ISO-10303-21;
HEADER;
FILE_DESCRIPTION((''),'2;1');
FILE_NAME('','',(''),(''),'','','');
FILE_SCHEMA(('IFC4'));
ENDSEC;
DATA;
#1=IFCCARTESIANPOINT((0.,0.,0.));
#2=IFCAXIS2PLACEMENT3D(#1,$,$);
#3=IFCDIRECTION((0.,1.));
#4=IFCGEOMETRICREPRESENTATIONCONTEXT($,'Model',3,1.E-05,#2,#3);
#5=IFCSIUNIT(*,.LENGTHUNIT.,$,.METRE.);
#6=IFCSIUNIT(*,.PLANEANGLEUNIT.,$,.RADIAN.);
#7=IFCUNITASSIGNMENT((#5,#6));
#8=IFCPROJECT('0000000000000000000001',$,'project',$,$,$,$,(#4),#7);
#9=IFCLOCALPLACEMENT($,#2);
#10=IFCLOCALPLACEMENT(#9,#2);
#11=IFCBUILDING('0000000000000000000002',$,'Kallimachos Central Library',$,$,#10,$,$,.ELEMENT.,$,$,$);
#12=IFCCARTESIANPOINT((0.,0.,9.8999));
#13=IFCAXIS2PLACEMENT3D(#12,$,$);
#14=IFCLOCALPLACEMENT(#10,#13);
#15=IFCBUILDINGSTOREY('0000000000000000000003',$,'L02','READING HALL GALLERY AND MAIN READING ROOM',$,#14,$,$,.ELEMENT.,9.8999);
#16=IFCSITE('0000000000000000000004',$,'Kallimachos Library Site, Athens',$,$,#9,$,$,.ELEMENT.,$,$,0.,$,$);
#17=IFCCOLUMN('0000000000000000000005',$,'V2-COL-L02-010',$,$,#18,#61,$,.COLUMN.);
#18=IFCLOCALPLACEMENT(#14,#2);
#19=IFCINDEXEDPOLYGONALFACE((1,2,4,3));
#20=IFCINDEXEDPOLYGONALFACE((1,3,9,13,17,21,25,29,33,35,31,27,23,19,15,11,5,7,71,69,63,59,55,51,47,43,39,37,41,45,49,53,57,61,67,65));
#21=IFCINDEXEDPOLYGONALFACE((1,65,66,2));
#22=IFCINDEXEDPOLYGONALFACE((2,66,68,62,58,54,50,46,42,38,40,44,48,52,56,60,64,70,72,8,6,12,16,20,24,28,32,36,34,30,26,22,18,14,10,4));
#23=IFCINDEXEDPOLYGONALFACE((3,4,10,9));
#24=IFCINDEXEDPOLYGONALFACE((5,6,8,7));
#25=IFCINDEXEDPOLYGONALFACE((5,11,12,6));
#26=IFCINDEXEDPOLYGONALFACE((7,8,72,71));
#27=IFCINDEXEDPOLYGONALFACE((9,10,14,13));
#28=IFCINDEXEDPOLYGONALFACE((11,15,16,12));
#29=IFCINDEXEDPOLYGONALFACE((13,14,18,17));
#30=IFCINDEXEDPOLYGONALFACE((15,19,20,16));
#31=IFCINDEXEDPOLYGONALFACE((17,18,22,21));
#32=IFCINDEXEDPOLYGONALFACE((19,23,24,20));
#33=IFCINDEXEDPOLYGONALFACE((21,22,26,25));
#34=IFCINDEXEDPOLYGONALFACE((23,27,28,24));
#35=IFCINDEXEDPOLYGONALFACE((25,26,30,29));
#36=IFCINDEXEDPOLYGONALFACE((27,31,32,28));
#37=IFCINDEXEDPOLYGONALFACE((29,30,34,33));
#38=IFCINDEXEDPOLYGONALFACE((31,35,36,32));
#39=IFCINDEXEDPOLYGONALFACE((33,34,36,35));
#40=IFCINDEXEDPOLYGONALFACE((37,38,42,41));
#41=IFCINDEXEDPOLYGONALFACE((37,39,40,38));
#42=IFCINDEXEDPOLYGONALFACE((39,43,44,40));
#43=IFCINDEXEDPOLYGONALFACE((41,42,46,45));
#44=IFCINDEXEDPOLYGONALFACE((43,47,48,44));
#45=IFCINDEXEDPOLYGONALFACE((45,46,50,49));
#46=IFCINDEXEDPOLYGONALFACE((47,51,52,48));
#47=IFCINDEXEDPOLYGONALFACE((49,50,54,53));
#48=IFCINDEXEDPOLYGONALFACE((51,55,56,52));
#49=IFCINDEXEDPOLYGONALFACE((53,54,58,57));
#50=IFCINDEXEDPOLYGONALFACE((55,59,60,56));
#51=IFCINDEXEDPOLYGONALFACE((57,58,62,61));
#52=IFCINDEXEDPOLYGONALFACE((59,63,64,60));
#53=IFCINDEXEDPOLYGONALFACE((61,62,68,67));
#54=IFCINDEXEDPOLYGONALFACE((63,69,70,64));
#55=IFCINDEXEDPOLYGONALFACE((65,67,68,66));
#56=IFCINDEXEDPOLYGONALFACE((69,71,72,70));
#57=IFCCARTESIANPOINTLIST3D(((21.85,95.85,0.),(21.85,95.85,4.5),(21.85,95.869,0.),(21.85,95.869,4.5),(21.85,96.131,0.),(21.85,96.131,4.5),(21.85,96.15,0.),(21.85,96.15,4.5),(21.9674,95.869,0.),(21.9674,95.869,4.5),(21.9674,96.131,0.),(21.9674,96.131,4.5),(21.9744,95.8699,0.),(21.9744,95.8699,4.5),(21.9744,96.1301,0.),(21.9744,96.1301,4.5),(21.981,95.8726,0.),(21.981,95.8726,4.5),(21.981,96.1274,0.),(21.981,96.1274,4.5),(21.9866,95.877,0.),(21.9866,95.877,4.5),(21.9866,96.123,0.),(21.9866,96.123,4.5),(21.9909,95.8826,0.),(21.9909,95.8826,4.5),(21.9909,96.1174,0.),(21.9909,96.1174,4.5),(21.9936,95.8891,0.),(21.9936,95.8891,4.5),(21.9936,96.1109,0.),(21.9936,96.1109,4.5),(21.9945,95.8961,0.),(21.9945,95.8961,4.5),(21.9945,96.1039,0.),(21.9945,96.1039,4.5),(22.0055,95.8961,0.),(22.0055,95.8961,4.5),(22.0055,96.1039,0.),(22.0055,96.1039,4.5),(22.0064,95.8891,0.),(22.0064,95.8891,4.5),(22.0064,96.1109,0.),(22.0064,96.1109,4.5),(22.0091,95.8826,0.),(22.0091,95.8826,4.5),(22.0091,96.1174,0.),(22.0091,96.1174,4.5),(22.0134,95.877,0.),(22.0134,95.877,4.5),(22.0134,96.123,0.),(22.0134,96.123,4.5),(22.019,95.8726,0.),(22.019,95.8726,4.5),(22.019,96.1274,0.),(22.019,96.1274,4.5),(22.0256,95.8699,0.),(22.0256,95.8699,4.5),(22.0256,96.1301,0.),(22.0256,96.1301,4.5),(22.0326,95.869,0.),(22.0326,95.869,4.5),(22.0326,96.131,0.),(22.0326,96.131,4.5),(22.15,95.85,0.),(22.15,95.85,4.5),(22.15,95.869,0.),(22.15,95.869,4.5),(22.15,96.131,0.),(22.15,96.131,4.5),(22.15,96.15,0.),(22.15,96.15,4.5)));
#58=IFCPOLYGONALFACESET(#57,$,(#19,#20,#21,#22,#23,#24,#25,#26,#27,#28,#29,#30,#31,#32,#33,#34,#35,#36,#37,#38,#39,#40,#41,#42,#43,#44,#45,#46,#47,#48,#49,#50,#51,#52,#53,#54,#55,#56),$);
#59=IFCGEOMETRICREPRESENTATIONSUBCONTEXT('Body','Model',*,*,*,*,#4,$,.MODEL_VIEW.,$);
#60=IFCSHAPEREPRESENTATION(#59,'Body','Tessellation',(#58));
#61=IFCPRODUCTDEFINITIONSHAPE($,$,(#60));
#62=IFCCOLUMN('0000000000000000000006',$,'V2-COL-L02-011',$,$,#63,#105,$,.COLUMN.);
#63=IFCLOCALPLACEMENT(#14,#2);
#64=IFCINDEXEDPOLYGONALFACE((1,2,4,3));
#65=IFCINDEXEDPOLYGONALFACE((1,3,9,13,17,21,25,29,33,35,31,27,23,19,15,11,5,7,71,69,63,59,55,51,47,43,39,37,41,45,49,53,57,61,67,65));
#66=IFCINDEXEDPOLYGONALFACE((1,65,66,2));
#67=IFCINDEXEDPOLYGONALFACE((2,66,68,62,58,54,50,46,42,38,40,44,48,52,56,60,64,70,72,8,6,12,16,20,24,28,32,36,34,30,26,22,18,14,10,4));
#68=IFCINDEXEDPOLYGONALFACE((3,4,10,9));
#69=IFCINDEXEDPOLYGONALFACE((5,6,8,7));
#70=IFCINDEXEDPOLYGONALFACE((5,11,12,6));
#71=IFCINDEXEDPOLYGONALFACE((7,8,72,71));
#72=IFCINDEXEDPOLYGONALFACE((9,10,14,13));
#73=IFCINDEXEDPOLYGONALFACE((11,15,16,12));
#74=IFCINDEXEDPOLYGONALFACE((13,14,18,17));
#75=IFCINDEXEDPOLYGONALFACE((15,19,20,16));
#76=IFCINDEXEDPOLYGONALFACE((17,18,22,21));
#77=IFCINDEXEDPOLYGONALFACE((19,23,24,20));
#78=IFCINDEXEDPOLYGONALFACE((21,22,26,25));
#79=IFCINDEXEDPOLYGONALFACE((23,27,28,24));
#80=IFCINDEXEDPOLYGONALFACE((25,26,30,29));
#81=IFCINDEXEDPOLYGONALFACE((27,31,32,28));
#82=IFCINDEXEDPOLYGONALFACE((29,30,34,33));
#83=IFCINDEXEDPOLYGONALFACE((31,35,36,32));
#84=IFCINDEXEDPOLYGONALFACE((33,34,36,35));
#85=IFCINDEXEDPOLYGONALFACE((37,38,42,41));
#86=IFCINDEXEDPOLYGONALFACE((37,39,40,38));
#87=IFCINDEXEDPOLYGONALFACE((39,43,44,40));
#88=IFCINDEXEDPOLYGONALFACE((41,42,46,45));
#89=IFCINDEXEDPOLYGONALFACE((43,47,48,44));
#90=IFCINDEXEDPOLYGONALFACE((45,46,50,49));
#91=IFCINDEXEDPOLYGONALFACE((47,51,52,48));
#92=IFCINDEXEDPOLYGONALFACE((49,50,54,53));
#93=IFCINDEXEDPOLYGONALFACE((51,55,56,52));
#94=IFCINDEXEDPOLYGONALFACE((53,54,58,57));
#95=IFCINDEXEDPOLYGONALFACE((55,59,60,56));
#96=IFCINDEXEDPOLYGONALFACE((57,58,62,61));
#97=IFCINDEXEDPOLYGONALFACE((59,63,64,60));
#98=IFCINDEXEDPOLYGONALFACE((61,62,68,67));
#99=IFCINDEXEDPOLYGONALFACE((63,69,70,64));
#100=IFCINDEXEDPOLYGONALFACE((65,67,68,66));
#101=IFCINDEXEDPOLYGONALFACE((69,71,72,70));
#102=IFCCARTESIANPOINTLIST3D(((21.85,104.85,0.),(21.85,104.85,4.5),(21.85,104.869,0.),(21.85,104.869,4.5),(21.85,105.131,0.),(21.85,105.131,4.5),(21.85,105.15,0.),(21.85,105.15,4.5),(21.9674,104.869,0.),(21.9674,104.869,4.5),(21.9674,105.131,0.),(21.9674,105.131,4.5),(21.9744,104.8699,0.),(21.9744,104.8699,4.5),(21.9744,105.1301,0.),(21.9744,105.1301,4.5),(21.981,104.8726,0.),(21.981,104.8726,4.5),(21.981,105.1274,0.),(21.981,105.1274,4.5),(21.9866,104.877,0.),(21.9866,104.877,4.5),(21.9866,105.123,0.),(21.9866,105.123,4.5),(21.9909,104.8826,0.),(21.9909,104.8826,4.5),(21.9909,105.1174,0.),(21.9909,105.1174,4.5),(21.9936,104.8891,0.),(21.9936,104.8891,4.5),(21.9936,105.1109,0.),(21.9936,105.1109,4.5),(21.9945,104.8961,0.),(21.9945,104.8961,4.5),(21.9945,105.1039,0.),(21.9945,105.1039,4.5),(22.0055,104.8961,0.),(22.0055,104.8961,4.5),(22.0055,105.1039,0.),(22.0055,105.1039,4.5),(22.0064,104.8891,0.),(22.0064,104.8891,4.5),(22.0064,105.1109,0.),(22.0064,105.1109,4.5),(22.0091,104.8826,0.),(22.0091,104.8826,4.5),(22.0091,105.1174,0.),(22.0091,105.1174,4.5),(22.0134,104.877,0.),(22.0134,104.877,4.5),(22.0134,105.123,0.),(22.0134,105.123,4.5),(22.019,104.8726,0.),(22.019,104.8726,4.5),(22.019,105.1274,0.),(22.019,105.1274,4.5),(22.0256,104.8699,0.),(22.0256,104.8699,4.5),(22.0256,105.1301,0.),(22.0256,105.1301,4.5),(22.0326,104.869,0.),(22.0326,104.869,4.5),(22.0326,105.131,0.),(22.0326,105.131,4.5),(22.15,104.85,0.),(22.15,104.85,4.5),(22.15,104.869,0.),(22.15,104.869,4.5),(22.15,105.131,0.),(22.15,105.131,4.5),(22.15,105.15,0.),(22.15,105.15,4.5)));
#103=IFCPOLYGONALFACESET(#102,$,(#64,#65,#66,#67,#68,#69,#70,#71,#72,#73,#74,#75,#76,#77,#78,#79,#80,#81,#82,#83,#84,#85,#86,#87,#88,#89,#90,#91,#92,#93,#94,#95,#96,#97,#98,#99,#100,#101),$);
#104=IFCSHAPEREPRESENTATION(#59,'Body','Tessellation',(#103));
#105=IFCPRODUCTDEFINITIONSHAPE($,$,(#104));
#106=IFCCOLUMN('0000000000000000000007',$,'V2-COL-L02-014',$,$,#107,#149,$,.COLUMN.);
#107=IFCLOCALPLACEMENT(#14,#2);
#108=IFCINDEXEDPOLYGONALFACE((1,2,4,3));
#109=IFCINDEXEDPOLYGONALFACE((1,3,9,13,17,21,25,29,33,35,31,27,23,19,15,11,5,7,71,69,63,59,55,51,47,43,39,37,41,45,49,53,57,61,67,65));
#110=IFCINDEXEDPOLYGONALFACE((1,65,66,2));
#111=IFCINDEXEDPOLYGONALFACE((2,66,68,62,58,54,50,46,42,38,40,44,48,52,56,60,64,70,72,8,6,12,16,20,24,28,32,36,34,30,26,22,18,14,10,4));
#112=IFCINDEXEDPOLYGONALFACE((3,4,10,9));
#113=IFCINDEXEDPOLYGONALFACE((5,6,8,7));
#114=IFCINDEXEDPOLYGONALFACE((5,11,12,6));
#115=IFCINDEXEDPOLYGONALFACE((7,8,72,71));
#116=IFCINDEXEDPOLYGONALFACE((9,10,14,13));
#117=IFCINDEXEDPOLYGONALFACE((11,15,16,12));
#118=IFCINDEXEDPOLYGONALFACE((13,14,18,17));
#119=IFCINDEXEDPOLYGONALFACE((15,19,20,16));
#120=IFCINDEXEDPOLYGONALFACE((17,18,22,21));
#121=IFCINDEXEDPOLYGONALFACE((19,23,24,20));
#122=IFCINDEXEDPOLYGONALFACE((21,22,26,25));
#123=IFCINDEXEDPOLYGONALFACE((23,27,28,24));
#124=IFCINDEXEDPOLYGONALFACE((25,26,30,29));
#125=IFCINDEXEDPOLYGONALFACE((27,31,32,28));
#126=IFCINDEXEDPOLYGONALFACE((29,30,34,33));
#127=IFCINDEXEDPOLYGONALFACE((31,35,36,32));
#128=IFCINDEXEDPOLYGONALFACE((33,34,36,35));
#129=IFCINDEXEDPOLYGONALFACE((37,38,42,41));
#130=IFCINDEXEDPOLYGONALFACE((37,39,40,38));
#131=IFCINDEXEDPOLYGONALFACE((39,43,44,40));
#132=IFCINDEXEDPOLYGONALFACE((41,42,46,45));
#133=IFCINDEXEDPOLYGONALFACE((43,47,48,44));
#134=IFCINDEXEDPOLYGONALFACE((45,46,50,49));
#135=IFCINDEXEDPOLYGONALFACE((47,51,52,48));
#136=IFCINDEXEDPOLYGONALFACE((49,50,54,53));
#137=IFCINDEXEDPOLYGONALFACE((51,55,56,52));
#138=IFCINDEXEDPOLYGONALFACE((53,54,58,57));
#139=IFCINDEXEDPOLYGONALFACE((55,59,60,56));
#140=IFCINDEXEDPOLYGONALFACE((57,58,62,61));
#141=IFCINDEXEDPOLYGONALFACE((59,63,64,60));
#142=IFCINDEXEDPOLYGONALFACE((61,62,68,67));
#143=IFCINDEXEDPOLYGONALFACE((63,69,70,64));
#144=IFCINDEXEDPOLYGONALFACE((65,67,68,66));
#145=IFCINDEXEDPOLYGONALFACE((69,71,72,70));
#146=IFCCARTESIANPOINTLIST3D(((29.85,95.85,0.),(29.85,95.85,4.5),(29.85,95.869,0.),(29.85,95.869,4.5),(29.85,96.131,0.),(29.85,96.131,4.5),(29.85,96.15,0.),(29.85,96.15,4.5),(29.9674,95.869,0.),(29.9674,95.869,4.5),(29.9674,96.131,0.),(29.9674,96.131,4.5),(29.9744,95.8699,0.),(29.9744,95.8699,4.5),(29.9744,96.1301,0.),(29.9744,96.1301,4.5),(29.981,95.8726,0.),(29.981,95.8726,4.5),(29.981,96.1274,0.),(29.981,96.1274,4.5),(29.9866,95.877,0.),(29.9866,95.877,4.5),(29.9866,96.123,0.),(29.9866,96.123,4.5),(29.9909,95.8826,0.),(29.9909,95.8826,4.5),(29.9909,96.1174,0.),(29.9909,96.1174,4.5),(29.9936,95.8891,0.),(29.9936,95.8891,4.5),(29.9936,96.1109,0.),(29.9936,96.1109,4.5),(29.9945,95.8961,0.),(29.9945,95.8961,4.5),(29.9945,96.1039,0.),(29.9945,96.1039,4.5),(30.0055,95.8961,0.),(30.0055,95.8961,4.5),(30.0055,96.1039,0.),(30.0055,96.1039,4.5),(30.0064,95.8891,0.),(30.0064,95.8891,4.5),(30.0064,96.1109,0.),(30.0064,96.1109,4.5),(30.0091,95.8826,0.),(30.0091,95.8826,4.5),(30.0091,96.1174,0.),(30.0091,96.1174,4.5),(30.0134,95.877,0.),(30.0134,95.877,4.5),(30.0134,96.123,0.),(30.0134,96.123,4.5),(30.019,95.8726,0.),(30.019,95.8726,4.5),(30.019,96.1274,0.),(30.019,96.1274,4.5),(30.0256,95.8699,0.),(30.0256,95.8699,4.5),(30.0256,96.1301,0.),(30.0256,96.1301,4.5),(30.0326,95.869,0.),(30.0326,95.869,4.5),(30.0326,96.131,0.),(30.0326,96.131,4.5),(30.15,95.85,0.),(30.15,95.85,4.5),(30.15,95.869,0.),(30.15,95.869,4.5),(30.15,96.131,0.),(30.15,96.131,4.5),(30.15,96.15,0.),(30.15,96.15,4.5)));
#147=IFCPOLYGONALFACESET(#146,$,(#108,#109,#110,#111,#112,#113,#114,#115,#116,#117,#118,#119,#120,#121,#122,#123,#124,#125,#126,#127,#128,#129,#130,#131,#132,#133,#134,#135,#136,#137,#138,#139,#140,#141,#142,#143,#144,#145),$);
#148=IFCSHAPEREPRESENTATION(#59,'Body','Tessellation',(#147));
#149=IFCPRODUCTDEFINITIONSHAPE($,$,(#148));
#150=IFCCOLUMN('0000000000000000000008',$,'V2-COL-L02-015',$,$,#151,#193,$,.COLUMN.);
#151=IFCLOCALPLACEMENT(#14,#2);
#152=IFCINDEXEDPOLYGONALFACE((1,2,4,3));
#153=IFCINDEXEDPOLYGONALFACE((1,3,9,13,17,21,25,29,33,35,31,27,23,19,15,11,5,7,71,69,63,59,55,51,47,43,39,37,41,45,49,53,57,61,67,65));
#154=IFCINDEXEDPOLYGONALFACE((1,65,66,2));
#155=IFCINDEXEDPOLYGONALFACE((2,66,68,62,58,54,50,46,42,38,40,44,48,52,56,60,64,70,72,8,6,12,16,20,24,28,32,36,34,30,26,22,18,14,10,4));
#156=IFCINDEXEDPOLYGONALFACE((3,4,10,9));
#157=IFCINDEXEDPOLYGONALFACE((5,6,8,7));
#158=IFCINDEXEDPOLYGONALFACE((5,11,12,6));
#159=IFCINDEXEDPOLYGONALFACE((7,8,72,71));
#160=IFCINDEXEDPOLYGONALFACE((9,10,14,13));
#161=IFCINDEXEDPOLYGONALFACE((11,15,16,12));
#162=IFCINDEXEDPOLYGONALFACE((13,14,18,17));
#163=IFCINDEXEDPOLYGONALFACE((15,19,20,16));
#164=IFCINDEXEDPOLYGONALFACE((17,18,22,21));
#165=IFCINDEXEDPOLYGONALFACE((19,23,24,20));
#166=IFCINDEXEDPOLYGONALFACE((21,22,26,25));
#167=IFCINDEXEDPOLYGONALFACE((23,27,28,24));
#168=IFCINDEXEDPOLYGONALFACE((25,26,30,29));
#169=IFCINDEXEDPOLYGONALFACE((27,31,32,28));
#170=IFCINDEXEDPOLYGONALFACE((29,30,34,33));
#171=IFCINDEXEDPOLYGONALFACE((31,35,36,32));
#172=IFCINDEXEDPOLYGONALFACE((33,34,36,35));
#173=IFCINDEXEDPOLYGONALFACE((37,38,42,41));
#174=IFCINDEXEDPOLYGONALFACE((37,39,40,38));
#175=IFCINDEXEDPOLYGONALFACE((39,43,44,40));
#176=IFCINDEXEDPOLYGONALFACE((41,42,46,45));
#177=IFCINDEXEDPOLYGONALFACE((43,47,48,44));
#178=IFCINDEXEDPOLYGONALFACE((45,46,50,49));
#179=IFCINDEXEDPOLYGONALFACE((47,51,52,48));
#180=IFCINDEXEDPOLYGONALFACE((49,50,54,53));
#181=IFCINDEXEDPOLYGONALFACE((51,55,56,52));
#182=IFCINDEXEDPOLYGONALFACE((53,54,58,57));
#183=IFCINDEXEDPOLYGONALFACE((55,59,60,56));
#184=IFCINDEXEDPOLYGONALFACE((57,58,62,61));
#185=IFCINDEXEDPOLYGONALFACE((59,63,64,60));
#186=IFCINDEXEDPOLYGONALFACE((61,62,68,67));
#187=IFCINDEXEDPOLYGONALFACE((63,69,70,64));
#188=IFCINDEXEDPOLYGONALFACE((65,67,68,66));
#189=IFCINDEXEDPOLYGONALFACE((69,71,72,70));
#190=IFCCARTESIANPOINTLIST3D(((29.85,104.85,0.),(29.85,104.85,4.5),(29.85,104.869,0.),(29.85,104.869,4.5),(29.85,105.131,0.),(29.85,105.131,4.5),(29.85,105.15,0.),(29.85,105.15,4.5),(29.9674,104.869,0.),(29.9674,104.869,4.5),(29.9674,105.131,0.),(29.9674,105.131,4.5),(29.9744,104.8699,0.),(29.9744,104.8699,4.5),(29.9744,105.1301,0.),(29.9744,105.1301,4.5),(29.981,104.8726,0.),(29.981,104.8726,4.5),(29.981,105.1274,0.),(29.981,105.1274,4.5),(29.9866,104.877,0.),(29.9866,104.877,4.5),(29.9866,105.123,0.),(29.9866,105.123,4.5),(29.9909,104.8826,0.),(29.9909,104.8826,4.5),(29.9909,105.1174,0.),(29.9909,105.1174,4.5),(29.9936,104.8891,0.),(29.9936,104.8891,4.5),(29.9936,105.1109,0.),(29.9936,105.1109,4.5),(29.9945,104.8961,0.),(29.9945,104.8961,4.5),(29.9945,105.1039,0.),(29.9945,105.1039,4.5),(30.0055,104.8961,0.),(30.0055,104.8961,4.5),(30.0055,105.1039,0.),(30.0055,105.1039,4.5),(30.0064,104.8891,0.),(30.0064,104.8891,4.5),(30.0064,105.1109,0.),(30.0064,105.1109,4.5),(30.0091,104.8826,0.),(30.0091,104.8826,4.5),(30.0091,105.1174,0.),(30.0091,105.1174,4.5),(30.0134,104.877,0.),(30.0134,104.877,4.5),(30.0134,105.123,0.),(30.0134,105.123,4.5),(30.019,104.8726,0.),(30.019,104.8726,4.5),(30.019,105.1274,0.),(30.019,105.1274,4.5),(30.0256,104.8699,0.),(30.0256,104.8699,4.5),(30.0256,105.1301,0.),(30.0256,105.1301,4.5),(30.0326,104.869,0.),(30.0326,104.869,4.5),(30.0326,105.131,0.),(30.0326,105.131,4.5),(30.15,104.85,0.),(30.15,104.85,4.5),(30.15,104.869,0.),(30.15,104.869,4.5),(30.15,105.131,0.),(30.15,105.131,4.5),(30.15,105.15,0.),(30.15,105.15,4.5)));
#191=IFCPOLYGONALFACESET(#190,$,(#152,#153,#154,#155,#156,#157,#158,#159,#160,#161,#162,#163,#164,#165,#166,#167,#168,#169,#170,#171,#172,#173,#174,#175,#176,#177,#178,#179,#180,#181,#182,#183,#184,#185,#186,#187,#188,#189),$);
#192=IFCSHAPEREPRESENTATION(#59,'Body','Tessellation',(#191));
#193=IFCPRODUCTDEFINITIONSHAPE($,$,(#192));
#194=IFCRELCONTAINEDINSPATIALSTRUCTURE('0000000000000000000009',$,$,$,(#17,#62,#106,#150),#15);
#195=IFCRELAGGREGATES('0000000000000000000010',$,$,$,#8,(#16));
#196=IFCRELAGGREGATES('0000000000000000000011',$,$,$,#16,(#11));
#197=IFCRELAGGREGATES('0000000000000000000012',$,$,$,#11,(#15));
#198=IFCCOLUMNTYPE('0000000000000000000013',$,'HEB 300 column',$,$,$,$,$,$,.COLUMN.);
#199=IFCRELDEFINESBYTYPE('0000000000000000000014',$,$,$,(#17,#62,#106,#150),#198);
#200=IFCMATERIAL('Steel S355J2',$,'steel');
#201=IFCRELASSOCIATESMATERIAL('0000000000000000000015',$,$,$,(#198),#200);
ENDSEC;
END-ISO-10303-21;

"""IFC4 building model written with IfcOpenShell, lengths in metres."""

from ifc_helpers import new_model, si_unit, direction, frame, origin, origin_2d, place, context, subcontext, project, spatial, i_section, extrude, material, material_profile, profile_set, type_object, element, save


model = new_model("IFC4")

# Units and contexts
model_context = context("Model", 3, precision=1e-05, world=origin(), true_north=direction((0.0, 1.0)))
body_context = subcontext(model_context, "Body", "Model", "MODEL_VIEW")
ifc_project = project(units=[si_unit("LENGTHUNIT", "METRE"), si_unit("PLANEANGLEUNIT", "RADIAN")], contexts=[model_context])

# Site, building, storey
site_placement = place(None, origin())
site = spatial("IfcSite", under=ifc_project, at=site_placement, Name="Kallimachos Library Site, Athens", CompositionType="ELEMENT", RefElevation=0.0)
building_placement = place(site_placement, origin())
building = spatial("IfcBuilding", under=site, at=building_placement, Name="Kallimachos Central Library", CompositionType="ELEMENT")
storey_placement = place(building_placement, frame((0.0, 0.0, 9.8999)))
storey = spatial("IfcBuildingStorey", under=building, at=storey_placement, Name="L02", Description="READING HALL GALLERY AND MAIN READING ROOM", CompositionType="ELEMENT", Elevation=9.8999)

# Columns
ifc_material_1 = material(Name="Steel S355J2", Category="steel")
ifc_material_profile_1 = material_profile(ifc_material_1, i_section(OverallWidth=0.3, OverallDepth=0.3, WebThickness=0.011, FlangeThickness=0.019, FilletRadius=0.0271, at=origin_2d()), Name="HEB 300")
ifc_profile_set_1 = profile_set([ifc_material_profile_1], Name="Steel S355J2")
column_type = type_object("IfcColumnType", Name="HEB 300 column", PredefinedType="COLUMN", material=ifc_profile_set_1)
for number, where, z_axis, x_axis, name in (
    (1, (22.0, 96.0, 0.0), (0.0, 0.0, 1.0), (1.0, 0.0, 0.0), "V2-COL-L02-010"),
    (2, (22.0, 105.0, 0.0), (0.0, 0.0, 1.0), (1.0, 0.0, 0.0), "V2-COL-L02-011"),
    (3, (30.0, 96.0, 0.0), (0.0, 0.0, 1.0), (1.0, 0.0, 0.0), "V2-COL-L02-014"),
    (4, (30.0, 105.0, 0.0), (0.0, 0.0, 1.0), (1.0, 0.0, 0.0), "V2-COL-L02-015"),
):
    element("IfcColumn", number, at=place(storey_placement, frame(where, z_axis=z_axis, x_axis=x_axis)), inside=storey, type_object=column_type, Name=name, PredefinedType="COLUMN", context=body_context, shape_type="SweptSolid", body=[
        extrude(i_section(OverallWidth=0.3, OverallDepth=0.3, WebThickness=0.011, FlangeThickness=0.019, FilletRadius=0.0271, at=origin_2d()), origin(), (0.0, 0.0, 1.0), 4.5),
    ])

save(model, "model.ifc")
